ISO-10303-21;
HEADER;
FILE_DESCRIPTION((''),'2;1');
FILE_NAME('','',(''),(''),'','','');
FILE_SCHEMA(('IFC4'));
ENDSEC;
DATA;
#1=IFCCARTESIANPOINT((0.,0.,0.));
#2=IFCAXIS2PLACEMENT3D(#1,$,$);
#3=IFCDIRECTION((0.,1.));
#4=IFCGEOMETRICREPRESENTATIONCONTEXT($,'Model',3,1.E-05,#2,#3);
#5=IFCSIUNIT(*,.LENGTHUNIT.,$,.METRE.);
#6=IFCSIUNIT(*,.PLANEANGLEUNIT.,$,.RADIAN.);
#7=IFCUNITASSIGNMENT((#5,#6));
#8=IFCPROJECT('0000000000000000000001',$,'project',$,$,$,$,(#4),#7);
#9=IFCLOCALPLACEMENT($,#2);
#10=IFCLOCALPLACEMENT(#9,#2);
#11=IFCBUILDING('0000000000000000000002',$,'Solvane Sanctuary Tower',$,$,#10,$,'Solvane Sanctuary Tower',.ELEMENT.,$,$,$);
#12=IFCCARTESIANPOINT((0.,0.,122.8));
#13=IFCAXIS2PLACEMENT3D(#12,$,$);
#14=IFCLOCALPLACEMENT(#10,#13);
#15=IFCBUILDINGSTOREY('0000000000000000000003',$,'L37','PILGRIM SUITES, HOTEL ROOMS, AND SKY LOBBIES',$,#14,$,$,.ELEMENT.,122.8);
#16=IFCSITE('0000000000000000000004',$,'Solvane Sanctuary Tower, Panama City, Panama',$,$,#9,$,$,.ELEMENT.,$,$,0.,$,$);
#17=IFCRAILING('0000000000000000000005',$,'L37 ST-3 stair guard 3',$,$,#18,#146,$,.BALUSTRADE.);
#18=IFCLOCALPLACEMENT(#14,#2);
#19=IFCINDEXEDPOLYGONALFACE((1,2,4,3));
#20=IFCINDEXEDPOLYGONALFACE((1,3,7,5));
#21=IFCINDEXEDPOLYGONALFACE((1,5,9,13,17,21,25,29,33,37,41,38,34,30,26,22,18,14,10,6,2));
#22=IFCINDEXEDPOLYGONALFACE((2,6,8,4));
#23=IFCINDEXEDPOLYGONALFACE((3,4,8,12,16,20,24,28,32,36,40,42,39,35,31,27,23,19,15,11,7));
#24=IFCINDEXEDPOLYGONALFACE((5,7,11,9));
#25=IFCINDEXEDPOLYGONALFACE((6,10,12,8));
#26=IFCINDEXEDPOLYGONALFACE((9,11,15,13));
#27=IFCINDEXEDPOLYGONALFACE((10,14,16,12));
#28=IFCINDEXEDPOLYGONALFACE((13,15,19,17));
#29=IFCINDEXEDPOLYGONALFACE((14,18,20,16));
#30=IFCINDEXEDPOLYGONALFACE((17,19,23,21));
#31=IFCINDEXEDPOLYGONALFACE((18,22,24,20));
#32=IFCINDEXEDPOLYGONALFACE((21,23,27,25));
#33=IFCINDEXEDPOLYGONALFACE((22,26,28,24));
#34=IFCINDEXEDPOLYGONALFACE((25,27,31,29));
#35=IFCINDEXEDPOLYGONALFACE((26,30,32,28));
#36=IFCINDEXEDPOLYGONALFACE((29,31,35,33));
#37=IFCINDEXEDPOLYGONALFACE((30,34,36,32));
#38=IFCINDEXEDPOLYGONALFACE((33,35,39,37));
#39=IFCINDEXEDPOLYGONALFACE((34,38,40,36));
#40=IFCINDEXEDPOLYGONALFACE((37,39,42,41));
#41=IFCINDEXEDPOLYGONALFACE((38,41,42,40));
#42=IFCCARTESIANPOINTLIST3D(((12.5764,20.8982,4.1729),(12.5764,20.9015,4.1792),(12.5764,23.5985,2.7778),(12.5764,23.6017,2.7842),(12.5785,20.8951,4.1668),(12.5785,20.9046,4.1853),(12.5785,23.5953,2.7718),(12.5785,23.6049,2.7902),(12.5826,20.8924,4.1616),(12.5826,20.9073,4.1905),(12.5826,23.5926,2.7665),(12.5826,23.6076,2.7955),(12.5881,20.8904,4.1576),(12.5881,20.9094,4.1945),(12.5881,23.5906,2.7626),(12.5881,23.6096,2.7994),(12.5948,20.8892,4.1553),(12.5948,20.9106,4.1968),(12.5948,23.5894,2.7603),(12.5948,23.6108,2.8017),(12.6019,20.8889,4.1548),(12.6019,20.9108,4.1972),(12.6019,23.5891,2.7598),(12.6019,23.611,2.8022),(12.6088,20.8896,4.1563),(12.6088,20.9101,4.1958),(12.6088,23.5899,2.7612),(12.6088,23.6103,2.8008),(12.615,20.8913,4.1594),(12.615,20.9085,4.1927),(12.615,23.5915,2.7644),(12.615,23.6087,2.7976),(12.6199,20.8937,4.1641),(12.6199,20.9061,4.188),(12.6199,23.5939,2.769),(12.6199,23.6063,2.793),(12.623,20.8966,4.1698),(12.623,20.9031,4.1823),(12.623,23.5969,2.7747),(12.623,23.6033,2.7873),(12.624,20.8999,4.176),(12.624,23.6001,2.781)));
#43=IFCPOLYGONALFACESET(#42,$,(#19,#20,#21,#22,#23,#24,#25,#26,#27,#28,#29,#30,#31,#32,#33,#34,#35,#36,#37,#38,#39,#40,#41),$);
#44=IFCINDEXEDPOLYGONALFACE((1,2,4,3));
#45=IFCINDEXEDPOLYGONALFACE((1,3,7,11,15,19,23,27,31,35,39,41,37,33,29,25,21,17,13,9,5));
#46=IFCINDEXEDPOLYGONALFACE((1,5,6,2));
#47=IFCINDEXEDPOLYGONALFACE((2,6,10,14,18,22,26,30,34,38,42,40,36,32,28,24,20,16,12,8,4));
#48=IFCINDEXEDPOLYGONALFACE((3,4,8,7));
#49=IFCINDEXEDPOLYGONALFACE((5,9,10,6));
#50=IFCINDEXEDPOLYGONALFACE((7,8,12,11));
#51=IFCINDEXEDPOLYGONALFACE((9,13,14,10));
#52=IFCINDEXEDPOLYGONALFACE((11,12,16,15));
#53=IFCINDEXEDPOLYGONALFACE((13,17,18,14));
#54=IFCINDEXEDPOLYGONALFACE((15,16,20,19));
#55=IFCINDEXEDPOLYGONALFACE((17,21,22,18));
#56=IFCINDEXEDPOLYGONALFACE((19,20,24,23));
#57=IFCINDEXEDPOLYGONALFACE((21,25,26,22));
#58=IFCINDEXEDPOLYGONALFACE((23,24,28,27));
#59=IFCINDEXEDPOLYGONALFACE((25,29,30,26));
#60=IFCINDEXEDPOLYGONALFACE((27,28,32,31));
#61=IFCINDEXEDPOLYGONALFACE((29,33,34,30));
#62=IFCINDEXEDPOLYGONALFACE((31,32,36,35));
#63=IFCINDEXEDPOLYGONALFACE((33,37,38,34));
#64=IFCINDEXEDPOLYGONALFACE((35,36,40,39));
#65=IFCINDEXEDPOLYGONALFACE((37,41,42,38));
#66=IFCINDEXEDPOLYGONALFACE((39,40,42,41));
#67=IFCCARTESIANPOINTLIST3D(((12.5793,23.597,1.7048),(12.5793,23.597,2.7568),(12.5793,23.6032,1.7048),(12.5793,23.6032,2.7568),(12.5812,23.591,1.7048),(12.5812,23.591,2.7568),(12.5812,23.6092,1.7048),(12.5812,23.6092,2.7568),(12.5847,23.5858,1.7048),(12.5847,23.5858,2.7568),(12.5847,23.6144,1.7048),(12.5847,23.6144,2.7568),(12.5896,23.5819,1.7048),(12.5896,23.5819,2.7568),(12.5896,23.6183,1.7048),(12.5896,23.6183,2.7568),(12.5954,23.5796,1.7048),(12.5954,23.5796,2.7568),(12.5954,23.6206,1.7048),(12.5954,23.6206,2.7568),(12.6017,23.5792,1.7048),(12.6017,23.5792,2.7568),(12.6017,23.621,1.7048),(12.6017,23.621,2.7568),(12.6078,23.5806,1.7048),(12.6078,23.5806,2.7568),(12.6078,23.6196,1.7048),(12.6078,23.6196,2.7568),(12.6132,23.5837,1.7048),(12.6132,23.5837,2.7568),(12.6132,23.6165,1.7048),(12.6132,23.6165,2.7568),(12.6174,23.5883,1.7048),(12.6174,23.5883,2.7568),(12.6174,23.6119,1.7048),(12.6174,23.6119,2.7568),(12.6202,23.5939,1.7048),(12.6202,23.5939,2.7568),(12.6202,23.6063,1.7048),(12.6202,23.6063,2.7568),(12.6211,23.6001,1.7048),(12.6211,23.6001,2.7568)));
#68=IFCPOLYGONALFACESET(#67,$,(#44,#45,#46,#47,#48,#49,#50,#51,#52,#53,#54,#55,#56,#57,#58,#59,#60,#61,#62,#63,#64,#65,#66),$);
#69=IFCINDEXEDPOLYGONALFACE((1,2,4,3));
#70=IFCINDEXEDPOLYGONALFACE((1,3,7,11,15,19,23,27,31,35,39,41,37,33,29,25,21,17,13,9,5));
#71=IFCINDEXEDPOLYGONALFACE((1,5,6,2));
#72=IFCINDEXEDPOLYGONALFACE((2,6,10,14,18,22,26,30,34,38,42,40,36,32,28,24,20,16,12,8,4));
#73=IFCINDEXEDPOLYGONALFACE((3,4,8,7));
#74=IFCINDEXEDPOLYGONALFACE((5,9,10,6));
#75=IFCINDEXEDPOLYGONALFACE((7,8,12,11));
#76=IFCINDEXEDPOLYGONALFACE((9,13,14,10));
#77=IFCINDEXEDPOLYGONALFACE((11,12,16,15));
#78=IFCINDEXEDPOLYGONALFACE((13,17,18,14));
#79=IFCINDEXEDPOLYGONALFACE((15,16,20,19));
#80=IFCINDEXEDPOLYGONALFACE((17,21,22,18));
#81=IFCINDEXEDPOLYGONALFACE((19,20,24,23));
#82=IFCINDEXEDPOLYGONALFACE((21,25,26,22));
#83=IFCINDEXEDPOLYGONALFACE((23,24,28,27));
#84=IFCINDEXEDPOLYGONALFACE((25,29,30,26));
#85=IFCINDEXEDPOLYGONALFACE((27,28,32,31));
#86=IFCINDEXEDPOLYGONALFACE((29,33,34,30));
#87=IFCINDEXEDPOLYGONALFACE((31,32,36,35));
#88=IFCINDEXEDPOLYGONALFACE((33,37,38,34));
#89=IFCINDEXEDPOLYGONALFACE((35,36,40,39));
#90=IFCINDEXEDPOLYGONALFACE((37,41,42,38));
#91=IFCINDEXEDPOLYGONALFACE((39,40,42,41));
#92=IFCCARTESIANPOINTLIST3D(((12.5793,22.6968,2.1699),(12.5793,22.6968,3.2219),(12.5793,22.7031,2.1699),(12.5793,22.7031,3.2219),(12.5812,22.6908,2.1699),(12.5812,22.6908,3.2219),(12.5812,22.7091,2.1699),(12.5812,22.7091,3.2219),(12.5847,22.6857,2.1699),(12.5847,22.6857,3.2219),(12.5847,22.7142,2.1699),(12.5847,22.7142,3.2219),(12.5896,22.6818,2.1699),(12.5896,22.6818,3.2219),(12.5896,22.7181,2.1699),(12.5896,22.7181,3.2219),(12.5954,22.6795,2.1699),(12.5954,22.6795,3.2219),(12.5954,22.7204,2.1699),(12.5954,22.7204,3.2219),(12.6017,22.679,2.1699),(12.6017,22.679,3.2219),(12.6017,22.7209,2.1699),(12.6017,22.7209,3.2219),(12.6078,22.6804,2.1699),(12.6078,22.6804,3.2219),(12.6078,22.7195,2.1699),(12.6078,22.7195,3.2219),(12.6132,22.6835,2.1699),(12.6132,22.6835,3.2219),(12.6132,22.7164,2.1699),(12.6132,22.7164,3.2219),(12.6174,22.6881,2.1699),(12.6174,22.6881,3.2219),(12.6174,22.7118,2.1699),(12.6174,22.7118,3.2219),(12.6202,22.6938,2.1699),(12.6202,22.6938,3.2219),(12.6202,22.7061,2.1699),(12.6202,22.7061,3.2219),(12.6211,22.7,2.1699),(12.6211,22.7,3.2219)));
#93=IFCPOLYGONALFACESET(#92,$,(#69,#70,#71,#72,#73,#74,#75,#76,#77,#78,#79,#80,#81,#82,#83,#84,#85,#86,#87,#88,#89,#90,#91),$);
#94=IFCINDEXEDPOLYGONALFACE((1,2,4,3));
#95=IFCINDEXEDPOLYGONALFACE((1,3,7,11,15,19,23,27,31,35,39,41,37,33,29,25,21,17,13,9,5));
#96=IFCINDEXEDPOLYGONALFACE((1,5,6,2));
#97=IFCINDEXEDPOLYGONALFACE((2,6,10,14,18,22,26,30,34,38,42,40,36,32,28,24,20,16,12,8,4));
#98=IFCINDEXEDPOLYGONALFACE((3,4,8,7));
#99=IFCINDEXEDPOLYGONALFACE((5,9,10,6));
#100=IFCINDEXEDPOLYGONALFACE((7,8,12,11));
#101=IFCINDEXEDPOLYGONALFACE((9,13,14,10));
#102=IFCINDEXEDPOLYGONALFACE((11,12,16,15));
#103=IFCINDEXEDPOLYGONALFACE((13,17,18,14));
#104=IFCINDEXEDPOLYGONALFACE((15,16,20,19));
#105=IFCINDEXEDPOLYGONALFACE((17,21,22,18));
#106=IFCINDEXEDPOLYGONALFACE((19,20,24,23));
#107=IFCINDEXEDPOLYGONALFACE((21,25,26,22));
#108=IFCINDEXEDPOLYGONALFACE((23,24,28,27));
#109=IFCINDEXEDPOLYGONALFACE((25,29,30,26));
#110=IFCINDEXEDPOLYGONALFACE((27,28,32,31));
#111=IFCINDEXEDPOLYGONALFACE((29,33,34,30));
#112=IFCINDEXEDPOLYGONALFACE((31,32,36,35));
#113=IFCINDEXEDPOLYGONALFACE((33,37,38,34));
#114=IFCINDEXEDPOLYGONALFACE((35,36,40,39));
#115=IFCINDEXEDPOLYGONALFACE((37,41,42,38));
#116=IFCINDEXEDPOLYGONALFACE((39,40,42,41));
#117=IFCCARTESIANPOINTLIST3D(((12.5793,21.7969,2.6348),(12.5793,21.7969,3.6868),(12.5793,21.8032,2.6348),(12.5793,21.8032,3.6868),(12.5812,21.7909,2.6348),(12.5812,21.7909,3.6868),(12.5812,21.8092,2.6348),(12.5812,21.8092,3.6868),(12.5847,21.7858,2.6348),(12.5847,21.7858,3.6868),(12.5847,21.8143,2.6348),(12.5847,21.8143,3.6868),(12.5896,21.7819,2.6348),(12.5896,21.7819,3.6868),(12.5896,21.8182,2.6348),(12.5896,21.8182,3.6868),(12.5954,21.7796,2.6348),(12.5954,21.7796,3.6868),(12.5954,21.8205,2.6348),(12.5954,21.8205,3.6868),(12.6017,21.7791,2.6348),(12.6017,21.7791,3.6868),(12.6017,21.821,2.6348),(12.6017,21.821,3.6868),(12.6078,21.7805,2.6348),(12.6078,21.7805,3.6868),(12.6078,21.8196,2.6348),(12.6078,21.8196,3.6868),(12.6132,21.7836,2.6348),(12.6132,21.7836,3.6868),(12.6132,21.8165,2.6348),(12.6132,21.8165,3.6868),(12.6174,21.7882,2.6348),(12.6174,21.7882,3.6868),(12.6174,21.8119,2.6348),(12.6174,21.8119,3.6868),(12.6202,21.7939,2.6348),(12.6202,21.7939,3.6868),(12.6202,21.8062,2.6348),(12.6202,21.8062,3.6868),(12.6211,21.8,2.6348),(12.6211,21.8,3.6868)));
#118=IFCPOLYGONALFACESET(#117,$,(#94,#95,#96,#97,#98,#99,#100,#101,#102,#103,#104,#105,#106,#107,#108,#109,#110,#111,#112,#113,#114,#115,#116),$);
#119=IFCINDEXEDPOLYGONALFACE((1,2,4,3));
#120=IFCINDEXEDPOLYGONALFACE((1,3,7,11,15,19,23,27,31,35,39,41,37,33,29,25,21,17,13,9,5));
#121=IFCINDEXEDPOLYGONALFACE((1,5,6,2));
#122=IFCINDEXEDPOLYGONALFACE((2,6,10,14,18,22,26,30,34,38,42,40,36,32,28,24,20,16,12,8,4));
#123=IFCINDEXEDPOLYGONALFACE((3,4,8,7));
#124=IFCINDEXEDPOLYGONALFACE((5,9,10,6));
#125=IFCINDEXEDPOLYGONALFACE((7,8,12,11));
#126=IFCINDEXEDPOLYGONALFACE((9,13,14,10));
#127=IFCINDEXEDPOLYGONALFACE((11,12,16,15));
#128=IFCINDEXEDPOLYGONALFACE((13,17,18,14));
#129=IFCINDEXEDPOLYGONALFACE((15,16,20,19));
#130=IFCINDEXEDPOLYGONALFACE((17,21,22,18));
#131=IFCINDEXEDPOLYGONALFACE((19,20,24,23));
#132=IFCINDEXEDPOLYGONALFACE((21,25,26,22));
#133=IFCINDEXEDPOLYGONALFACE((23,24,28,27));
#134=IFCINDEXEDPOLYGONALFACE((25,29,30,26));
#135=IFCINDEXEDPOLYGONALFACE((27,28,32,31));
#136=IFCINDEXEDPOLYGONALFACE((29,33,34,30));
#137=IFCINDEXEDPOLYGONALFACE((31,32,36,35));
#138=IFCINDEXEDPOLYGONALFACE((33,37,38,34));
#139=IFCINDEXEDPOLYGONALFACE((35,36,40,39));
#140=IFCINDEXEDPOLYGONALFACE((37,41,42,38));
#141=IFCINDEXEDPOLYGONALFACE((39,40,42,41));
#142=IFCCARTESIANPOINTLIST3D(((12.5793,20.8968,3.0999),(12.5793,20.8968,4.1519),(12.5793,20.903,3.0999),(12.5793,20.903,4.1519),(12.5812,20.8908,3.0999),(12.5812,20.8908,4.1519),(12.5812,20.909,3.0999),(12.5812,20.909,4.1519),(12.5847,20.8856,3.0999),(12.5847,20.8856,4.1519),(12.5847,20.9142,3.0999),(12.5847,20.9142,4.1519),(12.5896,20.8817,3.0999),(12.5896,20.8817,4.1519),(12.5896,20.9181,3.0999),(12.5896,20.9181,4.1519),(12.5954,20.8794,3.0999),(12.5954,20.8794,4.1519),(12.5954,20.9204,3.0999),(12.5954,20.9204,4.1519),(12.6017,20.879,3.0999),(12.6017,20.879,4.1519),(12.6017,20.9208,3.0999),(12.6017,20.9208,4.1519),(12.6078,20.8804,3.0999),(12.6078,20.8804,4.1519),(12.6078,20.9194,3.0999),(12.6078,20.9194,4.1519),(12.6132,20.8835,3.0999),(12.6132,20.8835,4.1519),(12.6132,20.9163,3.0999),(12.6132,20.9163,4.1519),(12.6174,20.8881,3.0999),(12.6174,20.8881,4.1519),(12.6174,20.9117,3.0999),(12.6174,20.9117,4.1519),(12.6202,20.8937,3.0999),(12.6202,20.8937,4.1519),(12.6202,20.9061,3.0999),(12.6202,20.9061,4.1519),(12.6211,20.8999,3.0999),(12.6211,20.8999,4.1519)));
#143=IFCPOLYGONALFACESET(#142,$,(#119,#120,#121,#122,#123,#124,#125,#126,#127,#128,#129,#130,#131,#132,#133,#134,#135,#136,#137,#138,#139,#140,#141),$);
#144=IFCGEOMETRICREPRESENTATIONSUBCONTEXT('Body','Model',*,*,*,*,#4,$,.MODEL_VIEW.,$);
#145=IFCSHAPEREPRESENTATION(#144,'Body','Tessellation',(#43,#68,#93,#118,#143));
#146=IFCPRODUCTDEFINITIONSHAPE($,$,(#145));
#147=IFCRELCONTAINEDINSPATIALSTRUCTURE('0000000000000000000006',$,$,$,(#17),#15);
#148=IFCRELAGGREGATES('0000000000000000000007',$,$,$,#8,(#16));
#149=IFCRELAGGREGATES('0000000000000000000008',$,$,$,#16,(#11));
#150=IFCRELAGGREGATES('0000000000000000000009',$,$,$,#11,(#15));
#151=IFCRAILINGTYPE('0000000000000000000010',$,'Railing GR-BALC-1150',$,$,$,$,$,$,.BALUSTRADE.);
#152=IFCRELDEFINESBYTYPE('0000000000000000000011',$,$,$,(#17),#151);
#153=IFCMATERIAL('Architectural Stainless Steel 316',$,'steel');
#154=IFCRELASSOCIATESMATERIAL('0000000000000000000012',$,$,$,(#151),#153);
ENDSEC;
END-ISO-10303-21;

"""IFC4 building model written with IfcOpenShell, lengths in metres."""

from ifc_helpers import new_model, si_unit, direction, frame, origin, origin_2d, place, context, subcontext, project, spatial, circle, extrude, material, type_object, element, save


model = new_model("IFC4")

# Units and contexts
model_context = context("Model", 3, precision=1e-05, world=origin(), true_north=direction((0.0, 1.0)))
body_context = subcontext(model_context, "Body", "Model", "MODEL_VIEW")
ifc_project = project(units=[si_unit("LENGTHUNIT", "METRE"), si_unit("PLANEANGLEUNIT", "RADIAN")], contexts=[model_context])

# Site, building, storey
site_placement = place(None, origin())
site = spatial("IfcSite", under=ifc_project, at=site_placement, Name="Solvane Sanctuary Tower, Panama City, Panama", CompositionType="ELEMENT", RefElevation=0.0)
building_placement = place(site_placement, origin())
building = spatial("IfcBuilding", under=site, at=building_placement, Name="Solvane Sanctuary Tower", LongName="Solvane Sanctuary Tower", CompositionType="ELEMENT")
storey_placement = place(building_placement, frame((0.0, 0.0, 122.8)))
storey = spatial("IfcBuildingStorey", under=building, at=storey_placement, Name="L37", Description="PILGRIM SUITES, HOTEL ROOMS, AND SKY LOBBIES", CompositionType="ELEMENT", Elevation=122.8)

# Shared definitions
ifc_material_1 = material(Name="Architectural Stainless Steel 316", Category="steel")

# Railing
railing_type_1 = type_object("IfcRailingType", Name="Railing GR-BALC-1150", PredefinedType="BALUSTRADE", material=ifc_material_1)
railing_1_placement = place(storey_placement, frame((12.6001, 23.6001, 1.7048)))
element("IfcRailing", 1, at=railing_1_placement, inside=storey, type_object=railing_type_1, Name="L37 ST-3 stair guard 3", PredefinedType="BALUSTRADE", context=body_context, shape_type="SweptSolid", body=[
    extrude(circle(Radius=0.0239, at=origin_2d()), frame((0.0, 0.0, 1.0762), z_axis=(0.0, -0.888437, 0.458999), x_axis=(1.0, 0.0, 0.0)), (0.0, 0.0, 1.0), 3.0393),
    extrude(circle(Radius=0.021, at=origin_2d()), origin(), (0.0, 0.0, 1.0), 1.052),
    extrude(circle(Radius=0.021, at=origin_2d()), frame((0.0, -0.9001, 0.4651)), (0.0, 0.0, 1.0), 1.052),
    extrude(circle(Radius=0.021, at=origin_2d()), frame((0.0, -1.8, 0.9299)), (0.0, 0.0, 1.0), 1.052),
    extrude(circle(Radius=0.021, at=origin_2d()), frame((0.0, -2.7002, 1.395)), (0.0, 0.0, 1.0), 1.052),
])

save(model, "model.ifc")
